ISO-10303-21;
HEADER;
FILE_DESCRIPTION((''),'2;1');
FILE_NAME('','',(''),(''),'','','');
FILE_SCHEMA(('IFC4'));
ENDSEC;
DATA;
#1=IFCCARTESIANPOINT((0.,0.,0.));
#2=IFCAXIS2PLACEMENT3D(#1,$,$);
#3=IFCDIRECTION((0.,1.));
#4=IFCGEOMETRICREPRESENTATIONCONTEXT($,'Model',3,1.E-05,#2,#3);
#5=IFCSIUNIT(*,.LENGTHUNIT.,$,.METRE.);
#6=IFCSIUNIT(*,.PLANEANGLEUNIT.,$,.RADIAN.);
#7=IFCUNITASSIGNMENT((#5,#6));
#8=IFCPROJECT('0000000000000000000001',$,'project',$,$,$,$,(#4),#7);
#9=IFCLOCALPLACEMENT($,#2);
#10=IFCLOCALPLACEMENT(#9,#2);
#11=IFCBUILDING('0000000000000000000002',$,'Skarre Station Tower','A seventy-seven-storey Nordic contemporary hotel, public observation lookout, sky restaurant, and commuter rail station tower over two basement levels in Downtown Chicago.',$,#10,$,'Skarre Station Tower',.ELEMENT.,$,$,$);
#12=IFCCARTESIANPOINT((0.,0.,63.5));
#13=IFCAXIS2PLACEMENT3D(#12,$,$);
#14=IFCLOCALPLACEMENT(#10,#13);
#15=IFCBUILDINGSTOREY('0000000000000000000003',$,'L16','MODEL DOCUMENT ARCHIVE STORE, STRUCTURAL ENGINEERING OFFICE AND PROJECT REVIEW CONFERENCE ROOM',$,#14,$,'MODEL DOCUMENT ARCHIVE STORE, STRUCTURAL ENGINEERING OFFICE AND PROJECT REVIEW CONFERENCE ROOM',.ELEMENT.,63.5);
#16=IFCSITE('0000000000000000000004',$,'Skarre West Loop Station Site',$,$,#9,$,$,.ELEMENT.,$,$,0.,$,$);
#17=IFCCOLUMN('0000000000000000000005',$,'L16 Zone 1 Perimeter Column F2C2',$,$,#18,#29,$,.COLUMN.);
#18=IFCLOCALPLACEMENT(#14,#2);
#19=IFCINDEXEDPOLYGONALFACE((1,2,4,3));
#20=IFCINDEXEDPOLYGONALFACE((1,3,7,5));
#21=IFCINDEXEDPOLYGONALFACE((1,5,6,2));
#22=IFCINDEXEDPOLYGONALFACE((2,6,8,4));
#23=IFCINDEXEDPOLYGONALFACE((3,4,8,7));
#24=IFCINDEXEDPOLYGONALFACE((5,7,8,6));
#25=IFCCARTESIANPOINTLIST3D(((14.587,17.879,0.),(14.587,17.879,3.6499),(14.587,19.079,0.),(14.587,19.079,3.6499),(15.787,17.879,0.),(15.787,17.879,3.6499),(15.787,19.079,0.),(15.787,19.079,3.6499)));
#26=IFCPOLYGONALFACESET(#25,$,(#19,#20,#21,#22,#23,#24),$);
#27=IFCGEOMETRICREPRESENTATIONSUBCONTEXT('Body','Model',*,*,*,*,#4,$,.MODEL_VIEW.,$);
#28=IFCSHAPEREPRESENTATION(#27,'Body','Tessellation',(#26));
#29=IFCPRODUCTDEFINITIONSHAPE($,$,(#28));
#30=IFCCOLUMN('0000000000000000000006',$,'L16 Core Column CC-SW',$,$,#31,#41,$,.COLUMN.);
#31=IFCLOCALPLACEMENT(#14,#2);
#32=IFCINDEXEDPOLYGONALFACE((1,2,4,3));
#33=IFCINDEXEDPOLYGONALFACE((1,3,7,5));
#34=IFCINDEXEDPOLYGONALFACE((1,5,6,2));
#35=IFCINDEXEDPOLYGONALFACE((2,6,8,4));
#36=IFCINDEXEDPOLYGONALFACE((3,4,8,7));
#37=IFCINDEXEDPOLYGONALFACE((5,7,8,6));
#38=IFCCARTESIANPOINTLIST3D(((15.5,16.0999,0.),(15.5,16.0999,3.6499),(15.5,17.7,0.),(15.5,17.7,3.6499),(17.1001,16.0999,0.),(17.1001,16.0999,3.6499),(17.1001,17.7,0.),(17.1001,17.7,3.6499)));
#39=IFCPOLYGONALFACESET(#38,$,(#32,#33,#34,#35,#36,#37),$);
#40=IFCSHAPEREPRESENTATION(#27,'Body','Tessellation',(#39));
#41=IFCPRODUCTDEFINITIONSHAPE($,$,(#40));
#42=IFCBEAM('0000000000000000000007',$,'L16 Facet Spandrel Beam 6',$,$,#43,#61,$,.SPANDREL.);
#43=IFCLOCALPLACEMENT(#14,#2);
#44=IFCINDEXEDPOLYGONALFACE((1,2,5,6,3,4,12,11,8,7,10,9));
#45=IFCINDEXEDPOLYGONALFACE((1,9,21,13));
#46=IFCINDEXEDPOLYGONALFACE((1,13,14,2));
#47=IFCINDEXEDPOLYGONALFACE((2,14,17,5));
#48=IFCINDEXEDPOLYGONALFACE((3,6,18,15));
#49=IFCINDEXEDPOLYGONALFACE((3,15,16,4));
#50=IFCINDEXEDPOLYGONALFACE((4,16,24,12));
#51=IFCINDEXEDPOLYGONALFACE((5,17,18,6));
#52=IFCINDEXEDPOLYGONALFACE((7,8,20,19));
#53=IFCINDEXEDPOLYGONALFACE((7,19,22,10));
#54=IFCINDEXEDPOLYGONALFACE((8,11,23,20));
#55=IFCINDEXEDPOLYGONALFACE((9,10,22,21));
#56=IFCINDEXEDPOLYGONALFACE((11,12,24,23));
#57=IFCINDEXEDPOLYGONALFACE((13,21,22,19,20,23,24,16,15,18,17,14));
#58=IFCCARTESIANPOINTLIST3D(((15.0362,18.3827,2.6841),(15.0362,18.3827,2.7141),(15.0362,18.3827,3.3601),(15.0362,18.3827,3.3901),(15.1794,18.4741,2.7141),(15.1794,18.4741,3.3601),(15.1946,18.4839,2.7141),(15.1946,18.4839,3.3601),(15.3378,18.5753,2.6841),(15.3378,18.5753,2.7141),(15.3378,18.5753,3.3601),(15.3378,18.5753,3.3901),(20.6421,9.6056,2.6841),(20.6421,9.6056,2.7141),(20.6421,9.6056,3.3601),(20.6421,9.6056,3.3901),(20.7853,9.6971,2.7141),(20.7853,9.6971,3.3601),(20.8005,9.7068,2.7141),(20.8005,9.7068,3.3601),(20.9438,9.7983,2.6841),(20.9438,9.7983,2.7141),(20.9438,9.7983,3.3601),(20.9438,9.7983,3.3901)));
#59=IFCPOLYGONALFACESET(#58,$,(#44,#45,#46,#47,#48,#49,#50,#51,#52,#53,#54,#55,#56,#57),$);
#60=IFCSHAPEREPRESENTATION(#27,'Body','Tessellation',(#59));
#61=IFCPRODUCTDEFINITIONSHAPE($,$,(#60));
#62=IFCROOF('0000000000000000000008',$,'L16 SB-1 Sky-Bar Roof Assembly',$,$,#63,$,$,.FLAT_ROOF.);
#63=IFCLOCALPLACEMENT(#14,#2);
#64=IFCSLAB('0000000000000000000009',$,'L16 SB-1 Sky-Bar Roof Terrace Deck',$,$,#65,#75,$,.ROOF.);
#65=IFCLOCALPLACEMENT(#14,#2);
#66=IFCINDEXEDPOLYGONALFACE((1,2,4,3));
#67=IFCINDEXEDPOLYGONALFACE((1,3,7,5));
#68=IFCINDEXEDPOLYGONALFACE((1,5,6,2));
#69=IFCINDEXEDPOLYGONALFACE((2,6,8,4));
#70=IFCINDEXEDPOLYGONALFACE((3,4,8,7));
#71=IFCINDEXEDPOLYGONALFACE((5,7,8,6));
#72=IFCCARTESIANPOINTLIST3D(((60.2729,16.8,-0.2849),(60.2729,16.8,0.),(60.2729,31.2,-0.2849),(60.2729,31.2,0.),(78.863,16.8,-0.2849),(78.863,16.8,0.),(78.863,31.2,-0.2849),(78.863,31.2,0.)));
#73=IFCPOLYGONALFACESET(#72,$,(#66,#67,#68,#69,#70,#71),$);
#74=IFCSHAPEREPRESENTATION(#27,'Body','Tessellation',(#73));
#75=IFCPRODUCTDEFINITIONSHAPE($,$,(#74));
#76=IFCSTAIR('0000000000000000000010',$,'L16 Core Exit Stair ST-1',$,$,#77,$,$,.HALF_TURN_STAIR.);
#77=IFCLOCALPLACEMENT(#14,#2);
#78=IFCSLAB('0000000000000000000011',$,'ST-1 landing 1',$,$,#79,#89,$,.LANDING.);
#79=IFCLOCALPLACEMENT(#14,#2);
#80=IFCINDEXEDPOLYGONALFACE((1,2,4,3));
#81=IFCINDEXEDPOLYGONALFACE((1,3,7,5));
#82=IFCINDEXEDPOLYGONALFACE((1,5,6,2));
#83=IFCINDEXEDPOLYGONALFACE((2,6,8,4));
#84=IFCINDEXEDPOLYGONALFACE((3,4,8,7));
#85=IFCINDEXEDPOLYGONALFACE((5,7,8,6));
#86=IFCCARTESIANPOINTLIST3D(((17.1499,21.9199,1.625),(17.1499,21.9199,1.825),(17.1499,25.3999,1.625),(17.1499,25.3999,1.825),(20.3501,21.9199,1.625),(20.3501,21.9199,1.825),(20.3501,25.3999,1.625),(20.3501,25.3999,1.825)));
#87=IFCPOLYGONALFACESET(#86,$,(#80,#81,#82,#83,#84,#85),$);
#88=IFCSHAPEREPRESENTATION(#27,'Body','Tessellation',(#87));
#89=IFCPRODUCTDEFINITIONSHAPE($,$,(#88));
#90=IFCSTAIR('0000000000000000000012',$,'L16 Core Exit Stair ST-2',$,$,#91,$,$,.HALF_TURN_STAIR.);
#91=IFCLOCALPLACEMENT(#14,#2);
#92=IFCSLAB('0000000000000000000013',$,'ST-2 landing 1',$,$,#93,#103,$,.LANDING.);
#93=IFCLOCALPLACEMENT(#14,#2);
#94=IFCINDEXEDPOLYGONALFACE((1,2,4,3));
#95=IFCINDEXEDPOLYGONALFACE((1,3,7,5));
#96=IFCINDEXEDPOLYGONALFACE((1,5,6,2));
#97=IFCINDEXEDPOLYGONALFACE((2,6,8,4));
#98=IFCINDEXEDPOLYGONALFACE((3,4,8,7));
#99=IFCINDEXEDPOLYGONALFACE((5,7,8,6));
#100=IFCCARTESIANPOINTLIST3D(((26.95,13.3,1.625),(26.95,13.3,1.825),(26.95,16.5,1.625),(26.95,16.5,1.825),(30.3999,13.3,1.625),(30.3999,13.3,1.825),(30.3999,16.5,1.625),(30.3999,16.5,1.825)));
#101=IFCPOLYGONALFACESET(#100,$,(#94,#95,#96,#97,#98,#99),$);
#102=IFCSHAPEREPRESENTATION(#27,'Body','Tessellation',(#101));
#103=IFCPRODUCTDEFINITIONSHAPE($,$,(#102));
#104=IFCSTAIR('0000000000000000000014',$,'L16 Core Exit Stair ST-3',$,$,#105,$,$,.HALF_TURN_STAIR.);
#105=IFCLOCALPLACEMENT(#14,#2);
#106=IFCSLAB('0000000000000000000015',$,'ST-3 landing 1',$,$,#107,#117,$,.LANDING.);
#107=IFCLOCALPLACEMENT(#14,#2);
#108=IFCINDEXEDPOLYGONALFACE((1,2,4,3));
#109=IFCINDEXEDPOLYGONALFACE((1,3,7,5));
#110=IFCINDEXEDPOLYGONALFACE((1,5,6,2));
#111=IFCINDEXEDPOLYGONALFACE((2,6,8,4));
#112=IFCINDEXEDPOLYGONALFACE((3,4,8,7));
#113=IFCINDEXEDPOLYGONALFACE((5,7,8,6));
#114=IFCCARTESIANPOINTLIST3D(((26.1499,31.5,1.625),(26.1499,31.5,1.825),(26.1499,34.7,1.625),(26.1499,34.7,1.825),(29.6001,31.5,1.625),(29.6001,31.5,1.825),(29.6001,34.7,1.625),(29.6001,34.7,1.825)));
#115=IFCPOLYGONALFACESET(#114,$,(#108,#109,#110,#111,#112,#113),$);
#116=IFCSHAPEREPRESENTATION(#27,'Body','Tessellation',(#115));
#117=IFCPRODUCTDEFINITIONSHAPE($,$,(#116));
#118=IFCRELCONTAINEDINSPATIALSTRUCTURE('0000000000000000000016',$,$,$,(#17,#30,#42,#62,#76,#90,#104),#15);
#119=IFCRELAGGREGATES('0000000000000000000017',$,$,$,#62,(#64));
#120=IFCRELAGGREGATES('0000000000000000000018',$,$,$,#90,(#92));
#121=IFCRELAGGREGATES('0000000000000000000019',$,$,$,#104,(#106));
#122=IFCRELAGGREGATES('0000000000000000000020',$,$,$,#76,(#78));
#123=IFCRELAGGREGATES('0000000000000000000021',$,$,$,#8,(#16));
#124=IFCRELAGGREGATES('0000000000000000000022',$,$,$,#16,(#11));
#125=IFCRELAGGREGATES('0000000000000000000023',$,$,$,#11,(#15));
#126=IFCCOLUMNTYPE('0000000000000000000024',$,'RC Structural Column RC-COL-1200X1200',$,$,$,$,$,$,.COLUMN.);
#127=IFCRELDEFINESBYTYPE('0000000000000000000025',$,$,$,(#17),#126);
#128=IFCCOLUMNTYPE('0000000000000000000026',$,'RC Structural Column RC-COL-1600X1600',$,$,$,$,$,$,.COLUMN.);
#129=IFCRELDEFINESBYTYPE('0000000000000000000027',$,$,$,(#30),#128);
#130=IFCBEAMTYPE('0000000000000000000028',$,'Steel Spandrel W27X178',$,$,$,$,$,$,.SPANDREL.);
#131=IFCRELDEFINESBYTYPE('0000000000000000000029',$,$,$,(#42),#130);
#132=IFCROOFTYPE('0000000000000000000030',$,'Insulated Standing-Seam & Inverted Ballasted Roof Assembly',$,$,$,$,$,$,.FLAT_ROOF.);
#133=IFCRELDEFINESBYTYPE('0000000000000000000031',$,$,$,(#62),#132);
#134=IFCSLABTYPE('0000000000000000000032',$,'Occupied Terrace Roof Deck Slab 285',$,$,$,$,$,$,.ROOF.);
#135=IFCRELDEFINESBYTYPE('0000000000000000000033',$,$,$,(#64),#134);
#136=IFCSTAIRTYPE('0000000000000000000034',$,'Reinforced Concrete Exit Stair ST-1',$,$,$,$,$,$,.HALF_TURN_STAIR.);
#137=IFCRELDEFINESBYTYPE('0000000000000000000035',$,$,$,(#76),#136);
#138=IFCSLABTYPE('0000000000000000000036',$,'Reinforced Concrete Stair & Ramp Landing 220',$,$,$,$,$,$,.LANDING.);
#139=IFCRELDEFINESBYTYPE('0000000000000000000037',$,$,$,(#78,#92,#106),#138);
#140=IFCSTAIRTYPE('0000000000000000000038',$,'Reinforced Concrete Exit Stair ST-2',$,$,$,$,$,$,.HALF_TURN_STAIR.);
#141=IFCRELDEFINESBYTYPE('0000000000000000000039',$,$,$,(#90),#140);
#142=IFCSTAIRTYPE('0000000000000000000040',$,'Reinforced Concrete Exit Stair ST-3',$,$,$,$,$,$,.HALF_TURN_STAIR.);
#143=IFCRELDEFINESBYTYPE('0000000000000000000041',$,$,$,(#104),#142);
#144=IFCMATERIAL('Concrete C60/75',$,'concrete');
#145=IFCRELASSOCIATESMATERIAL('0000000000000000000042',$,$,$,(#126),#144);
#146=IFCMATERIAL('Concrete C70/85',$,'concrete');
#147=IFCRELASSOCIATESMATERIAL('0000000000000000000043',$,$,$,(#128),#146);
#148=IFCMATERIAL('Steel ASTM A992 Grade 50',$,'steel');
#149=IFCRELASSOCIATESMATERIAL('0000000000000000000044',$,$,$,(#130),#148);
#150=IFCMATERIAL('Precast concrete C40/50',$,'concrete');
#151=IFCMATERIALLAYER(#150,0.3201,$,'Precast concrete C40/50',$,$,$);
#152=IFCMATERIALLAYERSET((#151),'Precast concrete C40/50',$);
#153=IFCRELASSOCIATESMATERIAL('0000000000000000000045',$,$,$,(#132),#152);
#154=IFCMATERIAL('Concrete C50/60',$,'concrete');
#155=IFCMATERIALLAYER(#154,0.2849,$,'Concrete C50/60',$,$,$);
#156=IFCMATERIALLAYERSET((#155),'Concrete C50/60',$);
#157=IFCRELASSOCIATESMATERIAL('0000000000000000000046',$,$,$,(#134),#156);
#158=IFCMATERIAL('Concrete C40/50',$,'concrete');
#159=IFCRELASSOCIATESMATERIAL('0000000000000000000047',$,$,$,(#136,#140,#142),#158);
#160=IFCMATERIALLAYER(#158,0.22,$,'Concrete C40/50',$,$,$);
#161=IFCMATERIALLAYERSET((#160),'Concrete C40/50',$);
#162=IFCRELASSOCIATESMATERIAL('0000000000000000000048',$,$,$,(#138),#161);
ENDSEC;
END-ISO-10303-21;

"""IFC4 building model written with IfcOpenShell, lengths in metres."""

from ifc_helpers import new_model, si_unit, direction, frame, origin, origin_2d, place, context, subcontext, project, spatial, polyline, rectangle, i_section, outline, extrude, material, layer, layer_set, material_profile, profile_set, type_object, element, aggregate, save


model = new_model("IFC4")

# Units and contexts
model_context = context("Model", 3, precision=1e-05, world=origin(), true_north=direction((0.0, 1.0)))
body_context = subcontext(model_context, "Body", "Model", "MODEL_VIEW")
ifc_project = project(units=[si_unit("LENGTHUNIT", "METRE"), si_unit("PLANEANGLEUNIT", "RADIAN")], contexts=[model_context])

# Site, building, storey
site_placement = place(None, origin())
site = spatial("IfcSite", under=ifc_project, at=site_placement, Name="Skarre West Loop Station Site", CompositionType="ELEMENT", RefElevation=0.0)
building_placement = place(site_placement, origin())
building = spatial("IfcBuilding", under=site, at=building_placement, Name="Skarre Station Tower", Description="A seventy-seven-storey Nordic contemporary hotel, public observation lookout, sky restaurant, and commuter rail station tower over two basement levels in Downtown Chicago.", LongName="Skarre Station Tower", CompositionType="ELEMENT")
storey_placement = place(building_placement, frame((0.0, 0.0, 63.5)))
storey = spatial("IfcBuildingStorey", under=building, at=storey_placement, Name="L16", Description="MODEL DOCUMENT ARCHIVE STORE, STRUCTURAL ENGINEERING OFFICE AND PROJECT REVIEW CONFERENCE ROOM", LongName="MODEL DOCUMENT ARCHIVE STORE, STRUCTURAL ENGINEERING OFFICE AND PROJECT REVIEW CONFERENCE ROOM", CompositionType="ELEMENT", Elevation=63.5)

# Columns
ifc_material_1 = material(Name="Concrete C60/75", Category="concrete")
ifc_material_profile_1 = material_profile(ifc_material_1, rectangle(XDim=1.2, YDim=1.2, at=origin_2d()), Name="Concrete C60/75")
ifc_profile_set_1 = profile_set([ifc_material_profile_1], Name="Concrete C60/75")
column_type_1 = type_object("IfcColumnType", Name="RC Structural Column RC-COL-1200X1200", PredefinedType="COLUMN", material=ifc_profile_set_1)
column_1_placement = place(storey_placement, frame((15.187, 18.479, 0.0), z_axis=(0.0, 0.0, 1.0), x_axis=(1.0, 0.0, 0.0)))
element("IfcColumn", 1, at=column_1_placement, inside=storey, type_object=column_type_1, Name="L16 Zone 1 Perimeter Column F2C2", PredefinedType="COLUMN", context=body_context, shape_type="SweptSolid", body=[
    extrude(rectangle(XDim=1.2, YDim=1.2, at=origin_2d()), origin(), (0.0, 0.0, 1.0), 3.6499),
])
ifc_material_2 = material(Name="Concrete C70/85", Category="concrete")
ifc_material_profile_2 = material_profile(ifc_material_2, rectangle(XDim=1.6001, YDim=1.6001, at=origin_2d()), Name="Concrete C70/85")
ifc_profile_set_2 = profile_set([ifc_material_profile_2], Name="Concrete C70/85")
column_type_2 = type_object("IfcColumnType", Name="RC Structural Column RC-COL-1600X1600", PredefinedType="COLUMN", material=ifc_profile_set_2)
column_2_placement = place(storey_placement, frame((16.3, 16.8999, 0.0), z_axis=(0.0, 0.0, 1.0), x_axis=(1.0, 0.0, 0.0)))
element("IfcColumn", 2, at=column_2_placement, inside=storey, type_object=column_type_2, Name="L16 Core Column CC-SW", PredefinedType="COLUMN", context=body_context, shape_type="SweptSolid", body=[
    extrude(rectangle(XDim=1.6001, YDim=1.6001, at=origin_2d()), origin(), (0.0, 0.0, 1.0), 3.6499),
])

# Beam
ifc_material_3 = material(Name="Steel ASTM A992 Grade 50", Category="steel")
ifc_material_profile_3 = material_profile(ifc_material_3, i_section(OverallWidth=0.3579, OverallDepth=0.7061, WebThickness=0.0181, FlangeThickness=0.03, at=origin_2d()), Name="Steel ASTM A992 Grade 50")
ifc_profile_set_3 = profile_set([ifc_material_profile_3], Name="Steel ASTM A992 Grade 50")
beam_type = type_object("IfcBeamType", Name="Steel Spandrel W27X178", PredefinedType="SPANDREL", material=ifc_profile_set_3)
beam_placement = place(storey_placement, frame((15.187, 18.479, 3.0371), z_axis=(0.538278, -0.842767, 0.0), x_axis=(0.842767, 0.538278, 0.0)))
element("IfcBeam", 3, at=beam_placement, inside=storey, type_object=beam_type, Name="L16 Facet Spandrel Beam 6", PredefinedType="SPANDREL", context=body_context, shape_type="SweptSolid", body=[
    extrude(i_section(OverallWidth=0.3579, OverallDepth=0.7061, WebThickness=0.0181, FlangeThickness=0.03, at=origin_2d()), origin(), (0.0, 0.0, 1.0), 10.4146),
])

# Roof, slab
ifc_material_4 = material(Name="Precast concrete C40/50", Category="concrete")
ifc_layer_1 = layer(ifc_material_4, 0.3201, Name="Precast concrete C40/50")
ifc_layer_set_1 = layer_set([ifc_layer_1], Name="Precast concrete C40/50")
roof_type = type_object("IfcRoofType", Name="Insulated Standing-Seam & Inverted Ballasted Roof Assembly", PredefinedType="FLAT_ROOF", material=ifc_layer_set_1)
roof_placement = place(storey_placement, origin())
roof = element("IfcRoof", 4, at=roof_placement, inside=storey, type_object=roof_type, Name="L16 SB-1 Sky-Bar Roof Assembly", PredefinedType="FLAT_ROOF")
ifc_material_5 = material(Name="Concrete C50/60", Category="concrete")
ifc_layer_2 = layer(ifc_material_5, 0.2849, Name="Concrete C50/60")
ifc_layer_set_2 = layer_set([ifc_layer_2], Name="Concrete C50/60")
slab_type_1 = type_object("IfcSlabType", Name="Occupied Terrace Roof Deck Slab 285", PredefinedType="ROOF", material=ifc_layer_set_2)
slab_1_placement = place(storey_placement, frame((0.0, 0.0, -0.2849)))
slab_1 = element("IfcSlab", 5, at=slab_1_placement, type_object=slab_type_1, Name="L16 SB-1 Sky-Bar Roof Terrace Deck", PredefinedType="ROOF", context=body_context, shape_type="SweptSolid", body=[
    extrude(outline(polyline([(60.2729, 31.2), (60.2729, 16.8), (78.863, 16.8), (78.863, 31.2), (60.2729, 31.2)])), origin(), (0.0, 0.0, 1.0), 0.2849),
])
aggregate(roof, [slab_1])

# Stairs, slabs
ifc_material_6 = material(Name="Concrete C40/50", Category="concrete")
stair_type_1 = type_object("IfcStairType", Name="Reinforced Concrete Exit Stair ST-1", PredefinedType="HALF_TURN_STAIR", material=ifc_material_6)
stair_1_placement = place(storey_placement, origin())
stair_1 = element("IfcStair", 6, at=stair_1_placement, inside=storey, type_object=stair_type_1, Name="L16 Core Exit Stair ST-1", PredefinedType="HALF_TURN_STAIR")
ifc_layer_3 = layer(ifc_material_6, 0.22, Name="Concrete C40/50")
ifc_layer_set_3 = layer_set([ifc_layer_3], Name="Concrete C40/50")
slab_type_2 = type_object("IfcSlabType", Name="Reinforced Concrete Stair & Ramp Landing 220", PredefinedType="LANDING", material=ifc_layer_set_3)
slab_2_placement = place(storey_placement, frame((0.0, 0.0, 1.625)))
slab_2 = element("IfcSlab", 7, at=slab_2_placement, type_object=slab_type_2, Name="ST-1 landing 1", PredefinedType="LANDING", context=body_context, shape_type="SweptSolid", body=[
    extrude(outline(polyline([(20.3501, 21.9199), (20.3501, 25.3999), (17.1499, 25.3999), (17.1499, 21.9199), (20.3501, 21.9199)])), origin(), (0.0, 0.0, 1.0), 0.2),
])
stair_type_2 = type_object("IfcStairType", Name="Reinforced Concrete Exit Stair ST-2", PredefinedType="HALF_TURN_STAIR", material=ifc_material_6)
stair_2_placement = place(storey_placement, origin())
stair_2 = element("IfcStair", 8, at=stair_2_placement, inside=storey, type_object=stair_type_2, Name="L16 Core Exit Stair ST-2", PredefinedType="HALF_TURN_STAIR")
slab_3_placement = place(storey_placement, frame((0.0, 0.0, 1.625)))
slab_3 = element("IfcSlab", 9, at=slab_3_placement, type_object=slab_type_2, Name="ST-2 landing 1", PredefinedType="LANDING", context=body_context, shape_type="SweptSolid", body=[
    extrude(outline(polyline([(26.95, 13.3), (30.3999, 13.3), (30.3999, 16.5), (26.95, 16.5), (26.95, 13.3)])), origin(), (0.0, 0.0, 1.0), 0.2),
])
aggregate(stair_2, [slab_3])
stair_type_3 = type_object("IfcStairType", Name="Reinforced Concrete Exit Stair ST-3", PredefinedType="HALF_TURN_STAIR", material=ifc_material_6)
stair_3_placement = place(storey_placement, origin())
stair_3 = element("IfcStair", 10, at=stair_3_placement, inside=storey, type_object=stair_type_3, Name="L16 Core Exit Stair ST-3", PredefinedType="HALF_TURN_STAIR")
slab_4_placement = place(storey_placement, frame((0.0, 0.0, 1.625)))
slab_4 = element("IfcSlab", 11, at=slab_4_placement, type_object=slab_type_2, Name="ST-3 landing 1", PredefinedType="LANDING", context=body_context, shape_type="SweptSolid", body=[
    extrude(outline(polyline([(26.1499, 31.5), (29.6001, 31.5), (29.6001, 34.7), (26.1499, 34.7), (26.1499, 31.5)])), origin(), (0.0, 0.0, 1.0), 0.2),
])
aggregate(stair_3, [slab_4])

aggregate(stair_1, [slab_2])

save(model, "model.ifc")
